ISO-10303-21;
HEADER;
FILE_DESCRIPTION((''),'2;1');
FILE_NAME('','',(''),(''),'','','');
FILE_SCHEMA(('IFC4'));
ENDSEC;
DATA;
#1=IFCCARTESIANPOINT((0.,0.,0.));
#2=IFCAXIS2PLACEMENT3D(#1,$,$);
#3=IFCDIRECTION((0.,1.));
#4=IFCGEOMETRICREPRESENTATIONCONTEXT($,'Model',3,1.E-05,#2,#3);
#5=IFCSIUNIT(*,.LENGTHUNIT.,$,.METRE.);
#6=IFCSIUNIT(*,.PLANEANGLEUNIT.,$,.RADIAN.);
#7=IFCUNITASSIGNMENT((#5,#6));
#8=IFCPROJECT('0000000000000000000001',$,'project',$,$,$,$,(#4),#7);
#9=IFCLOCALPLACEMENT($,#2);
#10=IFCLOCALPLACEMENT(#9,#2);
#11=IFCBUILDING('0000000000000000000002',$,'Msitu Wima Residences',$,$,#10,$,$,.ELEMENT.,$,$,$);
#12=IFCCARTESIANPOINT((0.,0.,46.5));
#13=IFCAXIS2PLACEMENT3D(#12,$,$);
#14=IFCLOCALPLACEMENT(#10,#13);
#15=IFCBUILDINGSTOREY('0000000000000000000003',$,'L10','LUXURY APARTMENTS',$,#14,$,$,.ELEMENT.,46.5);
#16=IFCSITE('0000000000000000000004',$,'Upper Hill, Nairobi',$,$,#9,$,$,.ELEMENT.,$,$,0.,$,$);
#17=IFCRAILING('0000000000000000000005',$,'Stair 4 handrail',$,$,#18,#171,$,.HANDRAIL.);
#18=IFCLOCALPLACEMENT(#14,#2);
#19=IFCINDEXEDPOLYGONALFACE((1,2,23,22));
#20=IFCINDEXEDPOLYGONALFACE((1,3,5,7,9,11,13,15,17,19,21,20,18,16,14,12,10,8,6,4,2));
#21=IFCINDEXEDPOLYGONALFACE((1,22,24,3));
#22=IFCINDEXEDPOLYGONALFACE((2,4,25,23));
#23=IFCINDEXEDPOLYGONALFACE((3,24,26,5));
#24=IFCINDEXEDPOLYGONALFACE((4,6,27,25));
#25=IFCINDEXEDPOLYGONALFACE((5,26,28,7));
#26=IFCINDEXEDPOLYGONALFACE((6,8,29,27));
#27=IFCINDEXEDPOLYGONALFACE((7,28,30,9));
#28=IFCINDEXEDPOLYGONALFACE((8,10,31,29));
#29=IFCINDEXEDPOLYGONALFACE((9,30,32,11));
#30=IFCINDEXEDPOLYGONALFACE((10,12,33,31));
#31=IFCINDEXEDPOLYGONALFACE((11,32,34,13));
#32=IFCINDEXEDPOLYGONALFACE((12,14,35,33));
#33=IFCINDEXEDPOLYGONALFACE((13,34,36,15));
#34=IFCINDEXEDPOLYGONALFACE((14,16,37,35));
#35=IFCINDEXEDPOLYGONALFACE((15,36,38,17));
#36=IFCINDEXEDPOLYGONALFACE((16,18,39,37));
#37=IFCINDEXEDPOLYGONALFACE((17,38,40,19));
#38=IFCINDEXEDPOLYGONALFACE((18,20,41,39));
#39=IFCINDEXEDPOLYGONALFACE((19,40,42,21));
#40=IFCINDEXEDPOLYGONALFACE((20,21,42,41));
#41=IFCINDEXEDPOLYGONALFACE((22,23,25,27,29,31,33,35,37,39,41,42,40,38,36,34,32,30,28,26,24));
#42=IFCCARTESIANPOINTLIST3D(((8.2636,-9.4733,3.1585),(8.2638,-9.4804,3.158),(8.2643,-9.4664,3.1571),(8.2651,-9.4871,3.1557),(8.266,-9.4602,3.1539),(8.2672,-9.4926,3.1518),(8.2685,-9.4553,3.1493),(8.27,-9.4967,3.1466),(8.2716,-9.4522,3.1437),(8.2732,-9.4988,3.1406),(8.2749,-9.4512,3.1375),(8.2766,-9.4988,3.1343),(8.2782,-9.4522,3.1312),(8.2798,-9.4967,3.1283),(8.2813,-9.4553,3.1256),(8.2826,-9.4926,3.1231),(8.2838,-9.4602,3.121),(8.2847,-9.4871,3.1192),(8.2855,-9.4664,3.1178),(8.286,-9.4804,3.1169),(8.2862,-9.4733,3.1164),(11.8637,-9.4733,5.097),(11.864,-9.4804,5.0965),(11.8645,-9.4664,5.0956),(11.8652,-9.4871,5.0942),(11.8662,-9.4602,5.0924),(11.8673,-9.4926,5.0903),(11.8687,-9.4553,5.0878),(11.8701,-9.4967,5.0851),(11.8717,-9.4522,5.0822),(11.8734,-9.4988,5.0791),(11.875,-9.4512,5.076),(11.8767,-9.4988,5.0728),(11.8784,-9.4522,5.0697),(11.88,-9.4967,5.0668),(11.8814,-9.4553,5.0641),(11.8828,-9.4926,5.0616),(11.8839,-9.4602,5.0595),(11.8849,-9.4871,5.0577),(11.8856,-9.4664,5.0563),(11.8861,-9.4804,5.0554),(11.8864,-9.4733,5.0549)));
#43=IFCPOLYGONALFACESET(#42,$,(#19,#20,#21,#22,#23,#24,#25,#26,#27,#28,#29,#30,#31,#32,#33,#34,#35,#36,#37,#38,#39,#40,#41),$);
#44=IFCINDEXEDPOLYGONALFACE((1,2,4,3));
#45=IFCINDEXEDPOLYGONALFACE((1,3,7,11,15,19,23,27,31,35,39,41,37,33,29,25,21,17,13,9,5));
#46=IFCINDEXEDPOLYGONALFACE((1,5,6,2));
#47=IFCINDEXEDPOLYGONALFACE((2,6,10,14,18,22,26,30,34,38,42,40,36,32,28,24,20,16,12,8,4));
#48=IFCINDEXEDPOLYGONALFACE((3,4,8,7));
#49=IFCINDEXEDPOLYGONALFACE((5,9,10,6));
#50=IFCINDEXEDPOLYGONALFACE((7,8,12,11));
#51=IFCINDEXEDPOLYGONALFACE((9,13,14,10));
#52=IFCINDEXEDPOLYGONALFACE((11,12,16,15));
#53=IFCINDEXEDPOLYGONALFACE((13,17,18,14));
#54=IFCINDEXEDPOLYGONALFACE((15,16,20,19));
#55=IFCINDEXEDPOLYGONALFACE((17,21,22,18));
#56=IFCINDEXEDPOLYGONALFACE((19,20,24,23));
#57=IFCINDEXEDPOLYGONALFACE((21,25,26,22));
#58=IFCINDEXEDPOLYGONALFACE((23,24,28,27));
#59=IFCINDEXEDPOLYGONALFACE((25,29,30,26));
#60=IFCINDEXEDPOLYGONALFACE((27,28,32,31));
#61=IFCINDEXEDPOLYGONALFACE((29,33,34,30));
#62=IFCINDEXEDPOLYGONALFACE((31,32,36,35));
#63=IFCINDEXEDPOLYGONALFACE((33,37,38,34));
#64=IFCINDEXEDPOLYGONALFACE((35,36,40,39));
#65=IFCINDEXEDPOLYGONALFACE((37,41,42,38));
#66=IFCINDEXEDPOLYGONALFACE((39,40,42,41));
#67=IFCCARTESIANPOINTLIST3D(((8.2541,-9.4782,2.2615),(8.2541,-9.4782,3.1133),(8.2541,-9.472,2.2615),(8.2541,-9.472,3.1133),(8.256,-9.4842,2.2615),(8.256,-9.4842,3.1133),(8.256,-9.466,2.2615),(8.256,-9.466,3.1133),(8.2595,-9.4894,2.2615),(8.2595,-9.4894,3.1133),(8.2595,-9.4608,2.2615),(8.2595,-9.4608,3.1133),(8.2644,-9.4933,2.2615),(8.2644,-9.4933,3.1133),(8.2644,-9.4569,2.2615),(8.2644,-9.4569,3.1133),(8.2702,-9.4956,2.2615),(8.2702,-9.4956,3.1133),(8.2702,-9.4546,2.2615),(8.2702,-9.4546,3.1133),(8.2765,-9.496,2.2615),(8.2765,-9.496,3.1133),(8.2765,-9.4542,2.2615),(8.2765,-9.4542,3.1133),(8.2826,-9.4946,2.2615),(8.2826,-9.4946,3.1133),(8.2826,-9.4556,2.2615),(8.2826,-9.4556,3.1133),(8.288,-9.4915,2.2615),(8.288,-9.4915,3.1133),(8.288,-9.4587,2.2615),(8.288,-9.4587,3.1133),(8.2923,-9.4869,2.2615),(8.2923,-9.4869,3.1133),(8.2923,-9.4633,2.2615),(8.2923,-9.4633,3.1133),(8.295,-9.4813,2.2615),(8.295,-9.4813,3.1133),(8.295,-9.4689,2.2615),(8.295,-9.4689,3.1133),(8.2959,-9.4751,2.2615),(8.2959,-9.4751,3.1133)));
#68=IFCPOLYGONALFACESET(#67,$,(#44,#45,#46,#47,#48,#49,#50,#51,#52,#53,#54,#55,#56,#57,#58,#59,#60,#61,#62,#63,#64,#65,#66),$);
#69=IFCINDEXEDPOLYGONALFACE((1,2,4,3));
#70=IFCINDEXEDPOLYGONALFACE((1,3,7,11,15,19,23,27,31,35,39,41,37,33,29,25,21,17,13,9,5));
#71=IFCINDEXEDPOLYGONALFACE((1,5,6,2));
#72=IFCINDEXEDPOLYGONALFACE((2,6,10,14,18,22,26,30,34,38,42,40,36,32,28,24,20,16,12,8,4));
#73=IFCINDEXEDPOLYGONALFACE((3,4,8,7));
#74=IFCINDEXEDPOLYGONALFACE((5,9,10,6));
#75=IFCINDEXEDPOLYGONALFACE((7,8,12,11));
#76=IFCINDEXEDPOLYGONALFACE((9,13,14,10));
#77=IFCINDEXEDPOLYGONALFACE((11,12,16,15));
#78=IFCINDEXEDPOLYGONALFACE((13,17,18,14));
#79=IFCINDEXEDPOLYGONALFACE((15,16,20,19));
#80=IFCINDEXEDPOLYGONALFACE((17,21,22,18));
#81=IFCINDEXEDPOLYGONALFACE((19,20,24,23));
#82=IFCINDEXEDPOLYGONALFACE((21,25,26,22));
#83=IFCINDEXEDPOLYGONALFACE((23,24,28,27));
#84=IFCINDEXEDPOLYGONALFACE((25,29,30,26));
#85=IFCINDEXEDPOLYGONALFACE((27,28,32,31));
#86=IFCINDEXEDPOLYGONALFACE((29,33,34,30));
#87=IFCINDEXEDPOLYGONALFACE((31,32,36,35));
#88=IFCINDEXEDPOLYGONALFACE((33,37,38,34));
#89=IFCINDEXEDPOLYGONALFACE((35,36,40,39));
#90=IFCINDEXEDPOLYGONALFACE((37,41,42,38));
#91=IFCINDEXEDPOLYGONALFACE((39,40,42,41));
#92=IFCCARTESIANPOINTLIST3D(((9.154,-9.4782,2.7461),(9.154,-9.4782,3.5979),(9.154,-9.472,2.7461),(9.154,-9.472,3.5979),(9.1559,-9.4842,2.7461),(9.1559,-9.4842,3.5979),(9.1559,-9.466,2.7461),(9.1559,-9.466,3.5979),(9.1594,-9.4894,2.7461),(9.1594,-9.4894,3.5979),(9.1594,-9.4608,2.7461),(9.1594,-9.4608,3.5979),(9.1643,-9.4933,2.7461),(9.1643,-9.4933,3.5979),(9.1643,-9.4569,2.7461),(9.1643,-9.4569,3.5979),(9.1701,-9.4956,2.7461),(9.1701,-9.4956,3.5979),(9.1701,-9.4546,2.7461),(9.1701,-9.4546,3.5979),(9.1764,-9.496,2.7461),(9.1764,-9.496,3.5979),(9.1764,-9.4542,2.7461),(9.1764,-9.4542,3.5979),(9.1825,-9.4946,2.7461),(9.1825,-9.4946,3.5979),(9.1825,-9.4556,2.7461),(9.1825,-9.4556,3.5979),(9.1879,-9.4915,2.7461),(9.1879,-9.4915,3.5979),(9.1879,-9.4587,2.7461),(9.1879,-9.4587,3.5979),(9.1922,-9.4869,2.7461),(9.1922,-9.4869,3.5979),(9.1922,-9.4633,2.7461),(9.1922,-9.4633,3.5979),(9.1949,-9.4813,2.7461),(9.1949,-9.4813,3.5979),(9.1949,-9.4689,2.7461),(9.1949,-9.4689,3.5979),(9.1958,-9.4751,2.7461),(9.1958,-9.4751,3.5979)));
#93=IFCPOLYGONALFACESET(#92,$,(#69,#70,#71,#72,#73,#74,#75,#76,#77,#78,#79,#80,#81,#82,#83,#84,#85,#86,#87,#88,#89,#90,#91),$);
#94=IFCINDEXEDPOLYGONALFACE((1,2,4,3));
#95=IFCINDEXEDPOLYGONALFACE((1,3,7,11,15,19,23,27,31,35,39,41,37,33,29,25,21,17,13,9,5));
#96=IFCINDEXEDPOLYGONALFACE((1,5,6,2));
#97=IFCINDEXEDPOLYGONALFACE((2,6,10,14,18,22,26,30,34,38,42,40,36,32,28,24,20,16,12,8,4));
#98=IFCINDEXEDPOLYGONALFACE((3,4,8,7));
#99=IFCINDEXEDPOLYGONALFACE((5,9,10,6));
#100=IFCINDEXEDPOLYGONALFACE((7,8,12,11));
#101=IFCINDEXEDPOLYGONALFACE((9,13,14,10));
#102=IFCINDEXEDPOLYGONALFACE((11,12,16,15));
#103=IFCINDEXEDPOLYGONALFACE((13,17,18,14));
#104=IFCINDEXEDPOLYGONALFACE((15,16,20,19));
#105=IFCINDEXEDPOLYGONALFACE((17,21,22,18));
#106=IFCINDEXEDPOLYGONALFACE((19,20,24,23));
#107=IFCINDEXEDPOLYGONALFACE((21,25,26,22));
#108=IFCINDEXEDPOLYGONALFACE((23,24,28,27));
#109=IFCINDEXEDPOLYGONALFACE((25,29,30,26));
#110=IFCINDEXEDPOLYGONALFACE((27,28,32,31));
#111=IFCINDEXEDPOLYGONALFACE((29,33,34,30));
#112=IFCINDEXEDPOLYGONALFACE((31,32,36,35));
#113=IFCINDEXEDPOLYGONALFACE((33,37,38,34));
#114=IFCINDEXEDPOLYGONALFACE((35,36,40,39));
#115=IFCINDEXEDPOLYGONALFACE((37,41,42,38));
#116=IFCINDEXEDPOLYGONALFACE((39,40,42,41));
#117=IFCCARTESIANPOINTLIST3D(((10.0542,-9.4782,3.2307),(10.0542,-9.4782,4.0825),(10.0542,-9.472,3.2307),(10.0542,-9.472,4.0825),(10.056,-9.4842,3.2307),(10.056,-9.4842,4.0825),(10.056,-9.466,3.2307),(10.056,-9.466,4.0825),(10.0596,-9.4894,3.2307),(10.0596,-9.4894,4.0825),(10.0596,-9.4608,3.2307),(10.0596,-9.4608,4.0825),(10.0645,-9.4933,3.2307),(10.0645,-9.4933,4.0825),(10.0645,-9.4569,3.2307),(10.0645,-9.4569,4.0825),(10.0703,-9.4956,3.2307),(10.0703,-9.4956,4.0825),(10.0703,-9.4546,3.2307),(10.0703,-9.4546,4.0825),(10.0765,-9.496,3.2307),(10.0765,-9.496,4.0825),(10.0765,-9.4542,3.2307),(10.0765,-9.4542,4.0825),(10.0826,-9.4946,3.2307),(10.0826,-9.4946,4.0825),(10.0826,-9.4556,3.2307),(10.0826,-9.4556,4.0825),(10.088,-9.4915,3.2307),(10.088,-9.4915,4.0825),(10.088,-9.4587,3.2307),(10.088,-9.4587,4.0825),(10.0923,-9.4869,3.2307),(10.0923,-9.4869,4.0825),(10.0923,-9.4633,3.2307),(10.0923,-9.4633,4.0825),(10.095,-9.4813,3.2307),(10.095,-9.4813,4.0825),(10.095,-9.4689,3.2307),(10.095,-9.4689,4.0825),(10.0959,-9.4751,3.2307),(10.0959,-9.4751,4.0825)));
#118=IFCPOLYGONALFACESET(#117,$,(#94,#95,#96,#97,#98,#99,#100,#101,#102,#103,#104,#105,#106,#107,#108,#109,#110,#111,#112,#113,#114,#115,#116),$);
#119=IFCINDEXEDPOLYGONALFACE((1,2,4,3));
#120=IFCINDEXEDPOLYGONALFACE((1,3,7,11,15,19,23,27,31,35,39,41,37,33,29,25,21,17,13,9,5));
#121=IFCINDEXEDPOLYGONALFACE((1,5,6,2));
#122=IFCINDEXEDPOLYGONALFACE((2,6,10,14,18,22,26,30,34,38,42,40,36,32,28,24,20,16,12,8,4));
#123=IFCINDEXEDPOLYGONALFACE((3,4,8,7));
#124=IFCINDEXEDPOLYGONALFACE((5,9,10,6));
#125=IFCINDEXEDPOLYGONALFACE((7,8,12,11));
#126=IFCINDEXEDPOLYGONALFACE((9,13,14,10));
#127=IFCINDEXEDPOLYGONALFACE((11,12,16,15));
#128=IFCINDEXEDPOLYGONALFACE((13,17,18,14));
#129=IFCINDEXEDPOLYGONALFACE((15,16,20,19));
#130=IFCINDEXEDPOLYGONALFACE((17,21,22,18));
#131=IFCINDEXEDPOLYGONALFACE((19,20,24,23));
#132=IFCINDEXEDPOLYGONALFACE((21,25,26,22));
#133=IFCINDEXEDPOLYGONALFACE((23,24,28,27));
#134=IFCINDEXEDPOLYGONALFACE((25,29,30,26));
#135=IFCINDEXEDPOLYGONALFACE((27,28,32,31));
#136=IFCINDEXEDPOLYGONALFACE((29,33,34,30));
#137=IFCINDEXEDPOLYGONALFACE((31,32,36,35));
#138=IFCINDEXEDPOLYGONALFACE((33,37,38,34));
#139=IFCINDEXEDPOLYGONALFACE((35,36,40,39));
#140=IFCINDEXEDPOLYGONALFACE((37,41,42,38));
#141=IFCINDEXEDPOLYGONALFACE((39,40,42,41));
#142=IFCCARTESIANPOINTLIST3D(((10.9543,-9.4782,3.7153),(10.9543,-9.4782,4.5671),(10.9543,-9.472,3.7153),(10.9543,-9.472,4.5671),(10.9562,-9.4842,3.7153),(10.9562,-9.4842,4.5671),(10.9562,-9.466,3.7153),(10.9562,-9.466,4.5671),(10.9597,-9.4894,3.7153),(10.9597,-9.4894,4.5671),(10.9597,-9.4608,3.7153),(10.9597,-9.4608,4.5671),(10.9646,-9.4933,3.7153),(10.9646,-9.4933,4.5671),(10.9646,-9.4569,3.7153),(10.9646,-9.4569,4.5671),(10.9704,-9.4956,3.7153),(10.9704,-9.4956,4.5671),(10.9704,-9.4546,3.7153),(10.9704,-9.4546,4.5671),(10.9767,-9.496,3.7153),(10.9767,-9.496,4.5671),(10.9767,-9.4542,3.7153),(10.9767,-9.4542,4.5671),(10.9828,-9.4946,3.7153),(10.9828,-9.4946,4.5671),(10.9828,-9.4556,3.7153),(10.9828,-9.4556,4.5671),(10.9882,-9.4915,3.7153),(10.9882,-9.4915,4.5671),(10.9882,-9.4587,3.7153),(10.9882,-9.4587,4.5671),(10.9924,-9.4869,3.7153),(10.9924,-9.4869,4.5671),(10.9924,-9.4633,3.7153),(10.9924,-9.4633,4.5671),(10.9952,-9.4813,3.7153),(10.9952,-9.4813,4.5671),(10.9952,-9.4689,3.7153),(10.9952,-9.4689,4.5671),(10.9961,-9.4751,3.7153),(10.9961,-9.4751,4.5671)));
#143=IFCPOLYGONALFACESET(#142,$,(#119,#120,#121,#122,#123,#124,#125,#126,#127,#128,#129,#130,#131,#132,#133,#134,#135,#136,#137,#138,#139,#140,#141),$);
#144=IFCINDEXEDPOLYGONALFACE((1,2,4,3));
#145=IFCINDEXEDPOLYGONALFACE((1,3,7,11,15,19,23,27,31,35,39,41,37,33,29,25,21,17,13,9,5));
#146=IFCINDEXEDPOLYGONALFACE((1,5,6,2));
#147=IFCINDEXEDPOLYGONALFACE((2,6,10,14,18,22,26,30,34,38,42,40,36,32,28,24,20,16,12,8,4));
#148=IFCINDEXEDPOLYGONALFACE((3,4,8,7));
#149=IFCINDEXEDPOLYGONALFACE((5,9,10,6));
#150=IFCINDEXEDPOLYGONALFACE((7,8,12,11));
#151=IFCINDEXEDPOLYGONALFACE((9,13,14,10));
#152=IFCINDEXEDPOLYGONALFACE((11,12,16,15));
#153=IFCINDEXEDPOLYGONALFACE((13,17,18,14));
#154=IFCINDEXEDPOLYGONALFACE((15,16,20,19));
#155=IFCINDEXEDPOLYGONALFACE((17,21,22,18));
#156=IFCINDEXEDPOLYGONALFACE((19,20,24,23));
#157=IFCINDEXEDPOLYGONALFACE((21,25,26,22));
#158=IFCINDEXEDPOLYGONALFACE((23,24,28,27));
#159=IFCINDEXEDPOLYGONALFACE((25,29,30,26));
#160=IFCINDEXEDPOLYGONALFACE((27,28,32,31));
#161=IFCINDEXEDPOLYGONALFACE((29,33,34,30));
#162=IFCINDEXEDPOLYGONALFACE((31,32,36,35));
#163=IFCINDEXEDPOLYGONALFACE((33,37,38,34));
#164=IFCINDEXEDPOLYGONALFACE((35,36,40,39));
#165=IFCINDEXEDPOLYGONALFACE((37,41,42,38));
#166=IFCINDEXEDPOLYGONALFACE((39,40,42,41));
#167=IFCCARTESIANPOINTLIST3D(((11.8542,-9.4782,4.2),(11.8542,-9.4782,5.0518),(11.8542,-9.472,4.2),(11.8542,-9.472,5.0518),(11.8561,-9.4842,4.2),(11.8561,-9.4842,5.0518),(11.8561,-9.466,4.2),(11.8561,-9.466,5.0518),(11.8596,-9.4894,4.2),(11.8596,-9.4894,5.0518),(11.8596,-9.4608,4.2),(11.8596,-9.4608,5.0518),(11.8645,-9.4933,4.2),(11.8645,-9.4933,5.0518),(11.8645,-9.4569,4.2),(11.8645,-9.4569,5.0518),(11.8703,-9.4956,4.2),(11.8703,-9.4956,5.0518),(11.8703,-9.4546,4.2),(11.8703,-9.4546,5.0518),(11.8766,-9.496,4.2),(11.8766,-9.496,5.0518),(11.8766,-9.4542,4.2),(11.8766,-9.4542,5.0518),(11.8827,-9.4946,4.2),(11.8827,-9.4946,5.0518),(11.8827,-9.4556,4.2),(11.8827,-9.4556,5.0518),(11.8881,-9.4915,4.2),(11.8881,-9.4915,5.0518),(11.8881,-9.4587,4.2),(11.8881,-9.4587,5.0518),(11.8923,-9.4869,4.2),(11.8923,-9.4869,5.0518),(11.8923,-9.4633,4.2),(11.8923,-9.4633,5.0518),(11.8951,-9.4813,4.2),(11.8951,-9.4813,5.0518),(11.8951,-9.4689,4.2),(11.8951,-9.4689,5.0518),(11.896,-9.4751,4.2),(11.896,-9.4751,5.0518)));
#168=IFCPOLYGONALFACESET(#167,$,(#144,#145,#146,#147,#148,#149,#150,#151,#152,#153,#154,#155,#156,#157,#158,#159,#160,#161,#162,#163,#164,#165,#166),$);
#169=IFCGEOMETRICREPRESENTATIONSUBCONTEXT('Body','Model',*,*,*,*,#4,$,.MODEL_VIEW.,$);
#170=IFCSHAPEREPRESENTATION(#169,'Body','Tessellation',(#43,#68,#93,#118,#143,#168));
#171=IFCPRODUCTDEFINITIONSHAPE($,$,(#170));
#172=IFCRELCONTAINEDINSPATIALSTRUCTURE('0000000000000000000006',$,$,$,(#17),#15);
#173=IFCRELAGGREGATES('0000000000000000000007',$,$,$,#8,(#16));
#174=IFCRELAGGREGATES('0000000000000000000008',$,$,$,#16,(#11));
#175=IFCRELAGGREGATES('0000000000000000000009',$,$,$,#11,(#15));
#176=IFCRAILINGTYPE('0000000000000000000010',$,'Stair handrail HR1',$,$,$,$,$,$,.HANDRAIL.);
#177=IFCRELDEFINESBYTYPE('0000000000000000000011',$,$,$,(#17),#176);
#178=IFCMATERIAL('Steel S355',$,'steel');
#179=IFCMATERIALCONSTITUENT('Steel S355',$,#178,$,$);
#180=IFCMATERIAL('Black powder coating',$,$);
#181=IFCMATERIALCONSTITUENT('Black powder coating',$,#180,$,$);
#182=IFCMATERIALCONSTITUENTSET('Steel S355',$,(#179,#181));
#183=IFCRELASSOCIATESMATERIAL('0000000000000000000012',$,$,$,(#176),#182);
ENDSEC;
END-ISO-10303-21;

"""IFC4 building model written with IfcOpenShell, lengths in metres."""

from ifc_helpers import new_model, si_unit, direction, frame, origin, origin_2d, place, context, subcontext, project, spatial, circle, extrude, material, constituent, constituent_set, type_object, element, save


model = new_model("IFC4")

# Units and contexts
model_context = context("Model", 3, precision=1e-05, world=origin(), true_north=direction((0.0, 1.0)))
body_context = subcontext(model_context, "Body", "Model", "MODEL_VIEW")
ifc_project = project(units=[si_unit("LENGTHUNIT", "METRE"), si_unit("PLANEANGLEUNIT", "RADIAN")], contexts=[model_context])

# Site, building, storey
site_placement = place(None, origin())
site = spatial("IfcSite", under=ifc_project, at=site_placement, Name="Upper Hill, Nairobi", CompositionType="ELEMENT", RefElevation=0.0)
building_placement = place(site_placement, origin())
building = spatial("IfcBuilding", under=site, at=building_placement, Name="Msitu Wima Residences", CompositionType="ELEMENT")
storey_placement = place(building_placement, frame((0.0, 0.0, 46.5)))
storey = spatial("IfcBuildingStorey", under=building, at=storey_placement, Name="L10", Description="LUXURY APARTMENTS", CompositionType="ELEMENT", Elevation=46.5)

# Railing
ifc_material_1 = material(Name="Steel S355", Category="steel")
ifc_constituent_1 = constituent(ifc_material_1, Name="Steel S355")
ifc_material_2 = material(Name="Black powder coating")
ifc_constituent_2 = constituent(ifc_material_2, Name="Black powder coating")
ifc_constituent_set = constituent_set(constituents=[ifc_constituent_1, ifc_constituent_2], Name="Steel S355")
railing_type = type_object("IfcRailingType", Name="Stair handrail HR1", PredefinedType="HANDRAIL", material=ifc_constituent_set)
for number, where, name in (
    (1, (8.2749, -9.4751, 2.2615), "Stair 4 handrail"),
):
    element("IfcRailing", number, at=place(storey_placement, frame(where)), inside=storey, type_object=railing_type, Name=name, PredefinedType="HANDRAIL", context=body_context, shape_type="SweptSolid", body=[
        extrude(circle(Radius=0.0239, at=origin_2d()), frame((0.0, 0.0, 0.876), z_axis=(0.880475, 0.0, 0.474093), x_axis=(0.0, 1.0, 0.0)), (0.0, 0.0, 1.0), 4.0889),
        extrude(circle(Radius=0.021, at=origin_2d()), origin(), (0.0, 0.0, 1.0), 0.8518),
        extrude(circle(Radius=0.021, at=origin_2d()), frame((0.8999, 0.0, 0.4846)), (0.0, 0.0, 1.0), 0.8518),
        extrude(circle(Radius=0.021, at=origin_2d()), frame((1.8, 0.0, 0.9692)), (0.0, 0.0, 1.0), 0.8518),
        extrude(circle(Radius=0.021, at=origin_2d()), frame((2.7002, 0.0, 1.4539)), (0.0, 0.0, 1.0), 0.8518),
        extrude(circle(Radius=0.021, at=origin_2d()), frame((3.6001, 0.0, 1.9385)), (0.0, 0.0, 1.0), 0.8518),
    ])

save(model, "model.ifc")
